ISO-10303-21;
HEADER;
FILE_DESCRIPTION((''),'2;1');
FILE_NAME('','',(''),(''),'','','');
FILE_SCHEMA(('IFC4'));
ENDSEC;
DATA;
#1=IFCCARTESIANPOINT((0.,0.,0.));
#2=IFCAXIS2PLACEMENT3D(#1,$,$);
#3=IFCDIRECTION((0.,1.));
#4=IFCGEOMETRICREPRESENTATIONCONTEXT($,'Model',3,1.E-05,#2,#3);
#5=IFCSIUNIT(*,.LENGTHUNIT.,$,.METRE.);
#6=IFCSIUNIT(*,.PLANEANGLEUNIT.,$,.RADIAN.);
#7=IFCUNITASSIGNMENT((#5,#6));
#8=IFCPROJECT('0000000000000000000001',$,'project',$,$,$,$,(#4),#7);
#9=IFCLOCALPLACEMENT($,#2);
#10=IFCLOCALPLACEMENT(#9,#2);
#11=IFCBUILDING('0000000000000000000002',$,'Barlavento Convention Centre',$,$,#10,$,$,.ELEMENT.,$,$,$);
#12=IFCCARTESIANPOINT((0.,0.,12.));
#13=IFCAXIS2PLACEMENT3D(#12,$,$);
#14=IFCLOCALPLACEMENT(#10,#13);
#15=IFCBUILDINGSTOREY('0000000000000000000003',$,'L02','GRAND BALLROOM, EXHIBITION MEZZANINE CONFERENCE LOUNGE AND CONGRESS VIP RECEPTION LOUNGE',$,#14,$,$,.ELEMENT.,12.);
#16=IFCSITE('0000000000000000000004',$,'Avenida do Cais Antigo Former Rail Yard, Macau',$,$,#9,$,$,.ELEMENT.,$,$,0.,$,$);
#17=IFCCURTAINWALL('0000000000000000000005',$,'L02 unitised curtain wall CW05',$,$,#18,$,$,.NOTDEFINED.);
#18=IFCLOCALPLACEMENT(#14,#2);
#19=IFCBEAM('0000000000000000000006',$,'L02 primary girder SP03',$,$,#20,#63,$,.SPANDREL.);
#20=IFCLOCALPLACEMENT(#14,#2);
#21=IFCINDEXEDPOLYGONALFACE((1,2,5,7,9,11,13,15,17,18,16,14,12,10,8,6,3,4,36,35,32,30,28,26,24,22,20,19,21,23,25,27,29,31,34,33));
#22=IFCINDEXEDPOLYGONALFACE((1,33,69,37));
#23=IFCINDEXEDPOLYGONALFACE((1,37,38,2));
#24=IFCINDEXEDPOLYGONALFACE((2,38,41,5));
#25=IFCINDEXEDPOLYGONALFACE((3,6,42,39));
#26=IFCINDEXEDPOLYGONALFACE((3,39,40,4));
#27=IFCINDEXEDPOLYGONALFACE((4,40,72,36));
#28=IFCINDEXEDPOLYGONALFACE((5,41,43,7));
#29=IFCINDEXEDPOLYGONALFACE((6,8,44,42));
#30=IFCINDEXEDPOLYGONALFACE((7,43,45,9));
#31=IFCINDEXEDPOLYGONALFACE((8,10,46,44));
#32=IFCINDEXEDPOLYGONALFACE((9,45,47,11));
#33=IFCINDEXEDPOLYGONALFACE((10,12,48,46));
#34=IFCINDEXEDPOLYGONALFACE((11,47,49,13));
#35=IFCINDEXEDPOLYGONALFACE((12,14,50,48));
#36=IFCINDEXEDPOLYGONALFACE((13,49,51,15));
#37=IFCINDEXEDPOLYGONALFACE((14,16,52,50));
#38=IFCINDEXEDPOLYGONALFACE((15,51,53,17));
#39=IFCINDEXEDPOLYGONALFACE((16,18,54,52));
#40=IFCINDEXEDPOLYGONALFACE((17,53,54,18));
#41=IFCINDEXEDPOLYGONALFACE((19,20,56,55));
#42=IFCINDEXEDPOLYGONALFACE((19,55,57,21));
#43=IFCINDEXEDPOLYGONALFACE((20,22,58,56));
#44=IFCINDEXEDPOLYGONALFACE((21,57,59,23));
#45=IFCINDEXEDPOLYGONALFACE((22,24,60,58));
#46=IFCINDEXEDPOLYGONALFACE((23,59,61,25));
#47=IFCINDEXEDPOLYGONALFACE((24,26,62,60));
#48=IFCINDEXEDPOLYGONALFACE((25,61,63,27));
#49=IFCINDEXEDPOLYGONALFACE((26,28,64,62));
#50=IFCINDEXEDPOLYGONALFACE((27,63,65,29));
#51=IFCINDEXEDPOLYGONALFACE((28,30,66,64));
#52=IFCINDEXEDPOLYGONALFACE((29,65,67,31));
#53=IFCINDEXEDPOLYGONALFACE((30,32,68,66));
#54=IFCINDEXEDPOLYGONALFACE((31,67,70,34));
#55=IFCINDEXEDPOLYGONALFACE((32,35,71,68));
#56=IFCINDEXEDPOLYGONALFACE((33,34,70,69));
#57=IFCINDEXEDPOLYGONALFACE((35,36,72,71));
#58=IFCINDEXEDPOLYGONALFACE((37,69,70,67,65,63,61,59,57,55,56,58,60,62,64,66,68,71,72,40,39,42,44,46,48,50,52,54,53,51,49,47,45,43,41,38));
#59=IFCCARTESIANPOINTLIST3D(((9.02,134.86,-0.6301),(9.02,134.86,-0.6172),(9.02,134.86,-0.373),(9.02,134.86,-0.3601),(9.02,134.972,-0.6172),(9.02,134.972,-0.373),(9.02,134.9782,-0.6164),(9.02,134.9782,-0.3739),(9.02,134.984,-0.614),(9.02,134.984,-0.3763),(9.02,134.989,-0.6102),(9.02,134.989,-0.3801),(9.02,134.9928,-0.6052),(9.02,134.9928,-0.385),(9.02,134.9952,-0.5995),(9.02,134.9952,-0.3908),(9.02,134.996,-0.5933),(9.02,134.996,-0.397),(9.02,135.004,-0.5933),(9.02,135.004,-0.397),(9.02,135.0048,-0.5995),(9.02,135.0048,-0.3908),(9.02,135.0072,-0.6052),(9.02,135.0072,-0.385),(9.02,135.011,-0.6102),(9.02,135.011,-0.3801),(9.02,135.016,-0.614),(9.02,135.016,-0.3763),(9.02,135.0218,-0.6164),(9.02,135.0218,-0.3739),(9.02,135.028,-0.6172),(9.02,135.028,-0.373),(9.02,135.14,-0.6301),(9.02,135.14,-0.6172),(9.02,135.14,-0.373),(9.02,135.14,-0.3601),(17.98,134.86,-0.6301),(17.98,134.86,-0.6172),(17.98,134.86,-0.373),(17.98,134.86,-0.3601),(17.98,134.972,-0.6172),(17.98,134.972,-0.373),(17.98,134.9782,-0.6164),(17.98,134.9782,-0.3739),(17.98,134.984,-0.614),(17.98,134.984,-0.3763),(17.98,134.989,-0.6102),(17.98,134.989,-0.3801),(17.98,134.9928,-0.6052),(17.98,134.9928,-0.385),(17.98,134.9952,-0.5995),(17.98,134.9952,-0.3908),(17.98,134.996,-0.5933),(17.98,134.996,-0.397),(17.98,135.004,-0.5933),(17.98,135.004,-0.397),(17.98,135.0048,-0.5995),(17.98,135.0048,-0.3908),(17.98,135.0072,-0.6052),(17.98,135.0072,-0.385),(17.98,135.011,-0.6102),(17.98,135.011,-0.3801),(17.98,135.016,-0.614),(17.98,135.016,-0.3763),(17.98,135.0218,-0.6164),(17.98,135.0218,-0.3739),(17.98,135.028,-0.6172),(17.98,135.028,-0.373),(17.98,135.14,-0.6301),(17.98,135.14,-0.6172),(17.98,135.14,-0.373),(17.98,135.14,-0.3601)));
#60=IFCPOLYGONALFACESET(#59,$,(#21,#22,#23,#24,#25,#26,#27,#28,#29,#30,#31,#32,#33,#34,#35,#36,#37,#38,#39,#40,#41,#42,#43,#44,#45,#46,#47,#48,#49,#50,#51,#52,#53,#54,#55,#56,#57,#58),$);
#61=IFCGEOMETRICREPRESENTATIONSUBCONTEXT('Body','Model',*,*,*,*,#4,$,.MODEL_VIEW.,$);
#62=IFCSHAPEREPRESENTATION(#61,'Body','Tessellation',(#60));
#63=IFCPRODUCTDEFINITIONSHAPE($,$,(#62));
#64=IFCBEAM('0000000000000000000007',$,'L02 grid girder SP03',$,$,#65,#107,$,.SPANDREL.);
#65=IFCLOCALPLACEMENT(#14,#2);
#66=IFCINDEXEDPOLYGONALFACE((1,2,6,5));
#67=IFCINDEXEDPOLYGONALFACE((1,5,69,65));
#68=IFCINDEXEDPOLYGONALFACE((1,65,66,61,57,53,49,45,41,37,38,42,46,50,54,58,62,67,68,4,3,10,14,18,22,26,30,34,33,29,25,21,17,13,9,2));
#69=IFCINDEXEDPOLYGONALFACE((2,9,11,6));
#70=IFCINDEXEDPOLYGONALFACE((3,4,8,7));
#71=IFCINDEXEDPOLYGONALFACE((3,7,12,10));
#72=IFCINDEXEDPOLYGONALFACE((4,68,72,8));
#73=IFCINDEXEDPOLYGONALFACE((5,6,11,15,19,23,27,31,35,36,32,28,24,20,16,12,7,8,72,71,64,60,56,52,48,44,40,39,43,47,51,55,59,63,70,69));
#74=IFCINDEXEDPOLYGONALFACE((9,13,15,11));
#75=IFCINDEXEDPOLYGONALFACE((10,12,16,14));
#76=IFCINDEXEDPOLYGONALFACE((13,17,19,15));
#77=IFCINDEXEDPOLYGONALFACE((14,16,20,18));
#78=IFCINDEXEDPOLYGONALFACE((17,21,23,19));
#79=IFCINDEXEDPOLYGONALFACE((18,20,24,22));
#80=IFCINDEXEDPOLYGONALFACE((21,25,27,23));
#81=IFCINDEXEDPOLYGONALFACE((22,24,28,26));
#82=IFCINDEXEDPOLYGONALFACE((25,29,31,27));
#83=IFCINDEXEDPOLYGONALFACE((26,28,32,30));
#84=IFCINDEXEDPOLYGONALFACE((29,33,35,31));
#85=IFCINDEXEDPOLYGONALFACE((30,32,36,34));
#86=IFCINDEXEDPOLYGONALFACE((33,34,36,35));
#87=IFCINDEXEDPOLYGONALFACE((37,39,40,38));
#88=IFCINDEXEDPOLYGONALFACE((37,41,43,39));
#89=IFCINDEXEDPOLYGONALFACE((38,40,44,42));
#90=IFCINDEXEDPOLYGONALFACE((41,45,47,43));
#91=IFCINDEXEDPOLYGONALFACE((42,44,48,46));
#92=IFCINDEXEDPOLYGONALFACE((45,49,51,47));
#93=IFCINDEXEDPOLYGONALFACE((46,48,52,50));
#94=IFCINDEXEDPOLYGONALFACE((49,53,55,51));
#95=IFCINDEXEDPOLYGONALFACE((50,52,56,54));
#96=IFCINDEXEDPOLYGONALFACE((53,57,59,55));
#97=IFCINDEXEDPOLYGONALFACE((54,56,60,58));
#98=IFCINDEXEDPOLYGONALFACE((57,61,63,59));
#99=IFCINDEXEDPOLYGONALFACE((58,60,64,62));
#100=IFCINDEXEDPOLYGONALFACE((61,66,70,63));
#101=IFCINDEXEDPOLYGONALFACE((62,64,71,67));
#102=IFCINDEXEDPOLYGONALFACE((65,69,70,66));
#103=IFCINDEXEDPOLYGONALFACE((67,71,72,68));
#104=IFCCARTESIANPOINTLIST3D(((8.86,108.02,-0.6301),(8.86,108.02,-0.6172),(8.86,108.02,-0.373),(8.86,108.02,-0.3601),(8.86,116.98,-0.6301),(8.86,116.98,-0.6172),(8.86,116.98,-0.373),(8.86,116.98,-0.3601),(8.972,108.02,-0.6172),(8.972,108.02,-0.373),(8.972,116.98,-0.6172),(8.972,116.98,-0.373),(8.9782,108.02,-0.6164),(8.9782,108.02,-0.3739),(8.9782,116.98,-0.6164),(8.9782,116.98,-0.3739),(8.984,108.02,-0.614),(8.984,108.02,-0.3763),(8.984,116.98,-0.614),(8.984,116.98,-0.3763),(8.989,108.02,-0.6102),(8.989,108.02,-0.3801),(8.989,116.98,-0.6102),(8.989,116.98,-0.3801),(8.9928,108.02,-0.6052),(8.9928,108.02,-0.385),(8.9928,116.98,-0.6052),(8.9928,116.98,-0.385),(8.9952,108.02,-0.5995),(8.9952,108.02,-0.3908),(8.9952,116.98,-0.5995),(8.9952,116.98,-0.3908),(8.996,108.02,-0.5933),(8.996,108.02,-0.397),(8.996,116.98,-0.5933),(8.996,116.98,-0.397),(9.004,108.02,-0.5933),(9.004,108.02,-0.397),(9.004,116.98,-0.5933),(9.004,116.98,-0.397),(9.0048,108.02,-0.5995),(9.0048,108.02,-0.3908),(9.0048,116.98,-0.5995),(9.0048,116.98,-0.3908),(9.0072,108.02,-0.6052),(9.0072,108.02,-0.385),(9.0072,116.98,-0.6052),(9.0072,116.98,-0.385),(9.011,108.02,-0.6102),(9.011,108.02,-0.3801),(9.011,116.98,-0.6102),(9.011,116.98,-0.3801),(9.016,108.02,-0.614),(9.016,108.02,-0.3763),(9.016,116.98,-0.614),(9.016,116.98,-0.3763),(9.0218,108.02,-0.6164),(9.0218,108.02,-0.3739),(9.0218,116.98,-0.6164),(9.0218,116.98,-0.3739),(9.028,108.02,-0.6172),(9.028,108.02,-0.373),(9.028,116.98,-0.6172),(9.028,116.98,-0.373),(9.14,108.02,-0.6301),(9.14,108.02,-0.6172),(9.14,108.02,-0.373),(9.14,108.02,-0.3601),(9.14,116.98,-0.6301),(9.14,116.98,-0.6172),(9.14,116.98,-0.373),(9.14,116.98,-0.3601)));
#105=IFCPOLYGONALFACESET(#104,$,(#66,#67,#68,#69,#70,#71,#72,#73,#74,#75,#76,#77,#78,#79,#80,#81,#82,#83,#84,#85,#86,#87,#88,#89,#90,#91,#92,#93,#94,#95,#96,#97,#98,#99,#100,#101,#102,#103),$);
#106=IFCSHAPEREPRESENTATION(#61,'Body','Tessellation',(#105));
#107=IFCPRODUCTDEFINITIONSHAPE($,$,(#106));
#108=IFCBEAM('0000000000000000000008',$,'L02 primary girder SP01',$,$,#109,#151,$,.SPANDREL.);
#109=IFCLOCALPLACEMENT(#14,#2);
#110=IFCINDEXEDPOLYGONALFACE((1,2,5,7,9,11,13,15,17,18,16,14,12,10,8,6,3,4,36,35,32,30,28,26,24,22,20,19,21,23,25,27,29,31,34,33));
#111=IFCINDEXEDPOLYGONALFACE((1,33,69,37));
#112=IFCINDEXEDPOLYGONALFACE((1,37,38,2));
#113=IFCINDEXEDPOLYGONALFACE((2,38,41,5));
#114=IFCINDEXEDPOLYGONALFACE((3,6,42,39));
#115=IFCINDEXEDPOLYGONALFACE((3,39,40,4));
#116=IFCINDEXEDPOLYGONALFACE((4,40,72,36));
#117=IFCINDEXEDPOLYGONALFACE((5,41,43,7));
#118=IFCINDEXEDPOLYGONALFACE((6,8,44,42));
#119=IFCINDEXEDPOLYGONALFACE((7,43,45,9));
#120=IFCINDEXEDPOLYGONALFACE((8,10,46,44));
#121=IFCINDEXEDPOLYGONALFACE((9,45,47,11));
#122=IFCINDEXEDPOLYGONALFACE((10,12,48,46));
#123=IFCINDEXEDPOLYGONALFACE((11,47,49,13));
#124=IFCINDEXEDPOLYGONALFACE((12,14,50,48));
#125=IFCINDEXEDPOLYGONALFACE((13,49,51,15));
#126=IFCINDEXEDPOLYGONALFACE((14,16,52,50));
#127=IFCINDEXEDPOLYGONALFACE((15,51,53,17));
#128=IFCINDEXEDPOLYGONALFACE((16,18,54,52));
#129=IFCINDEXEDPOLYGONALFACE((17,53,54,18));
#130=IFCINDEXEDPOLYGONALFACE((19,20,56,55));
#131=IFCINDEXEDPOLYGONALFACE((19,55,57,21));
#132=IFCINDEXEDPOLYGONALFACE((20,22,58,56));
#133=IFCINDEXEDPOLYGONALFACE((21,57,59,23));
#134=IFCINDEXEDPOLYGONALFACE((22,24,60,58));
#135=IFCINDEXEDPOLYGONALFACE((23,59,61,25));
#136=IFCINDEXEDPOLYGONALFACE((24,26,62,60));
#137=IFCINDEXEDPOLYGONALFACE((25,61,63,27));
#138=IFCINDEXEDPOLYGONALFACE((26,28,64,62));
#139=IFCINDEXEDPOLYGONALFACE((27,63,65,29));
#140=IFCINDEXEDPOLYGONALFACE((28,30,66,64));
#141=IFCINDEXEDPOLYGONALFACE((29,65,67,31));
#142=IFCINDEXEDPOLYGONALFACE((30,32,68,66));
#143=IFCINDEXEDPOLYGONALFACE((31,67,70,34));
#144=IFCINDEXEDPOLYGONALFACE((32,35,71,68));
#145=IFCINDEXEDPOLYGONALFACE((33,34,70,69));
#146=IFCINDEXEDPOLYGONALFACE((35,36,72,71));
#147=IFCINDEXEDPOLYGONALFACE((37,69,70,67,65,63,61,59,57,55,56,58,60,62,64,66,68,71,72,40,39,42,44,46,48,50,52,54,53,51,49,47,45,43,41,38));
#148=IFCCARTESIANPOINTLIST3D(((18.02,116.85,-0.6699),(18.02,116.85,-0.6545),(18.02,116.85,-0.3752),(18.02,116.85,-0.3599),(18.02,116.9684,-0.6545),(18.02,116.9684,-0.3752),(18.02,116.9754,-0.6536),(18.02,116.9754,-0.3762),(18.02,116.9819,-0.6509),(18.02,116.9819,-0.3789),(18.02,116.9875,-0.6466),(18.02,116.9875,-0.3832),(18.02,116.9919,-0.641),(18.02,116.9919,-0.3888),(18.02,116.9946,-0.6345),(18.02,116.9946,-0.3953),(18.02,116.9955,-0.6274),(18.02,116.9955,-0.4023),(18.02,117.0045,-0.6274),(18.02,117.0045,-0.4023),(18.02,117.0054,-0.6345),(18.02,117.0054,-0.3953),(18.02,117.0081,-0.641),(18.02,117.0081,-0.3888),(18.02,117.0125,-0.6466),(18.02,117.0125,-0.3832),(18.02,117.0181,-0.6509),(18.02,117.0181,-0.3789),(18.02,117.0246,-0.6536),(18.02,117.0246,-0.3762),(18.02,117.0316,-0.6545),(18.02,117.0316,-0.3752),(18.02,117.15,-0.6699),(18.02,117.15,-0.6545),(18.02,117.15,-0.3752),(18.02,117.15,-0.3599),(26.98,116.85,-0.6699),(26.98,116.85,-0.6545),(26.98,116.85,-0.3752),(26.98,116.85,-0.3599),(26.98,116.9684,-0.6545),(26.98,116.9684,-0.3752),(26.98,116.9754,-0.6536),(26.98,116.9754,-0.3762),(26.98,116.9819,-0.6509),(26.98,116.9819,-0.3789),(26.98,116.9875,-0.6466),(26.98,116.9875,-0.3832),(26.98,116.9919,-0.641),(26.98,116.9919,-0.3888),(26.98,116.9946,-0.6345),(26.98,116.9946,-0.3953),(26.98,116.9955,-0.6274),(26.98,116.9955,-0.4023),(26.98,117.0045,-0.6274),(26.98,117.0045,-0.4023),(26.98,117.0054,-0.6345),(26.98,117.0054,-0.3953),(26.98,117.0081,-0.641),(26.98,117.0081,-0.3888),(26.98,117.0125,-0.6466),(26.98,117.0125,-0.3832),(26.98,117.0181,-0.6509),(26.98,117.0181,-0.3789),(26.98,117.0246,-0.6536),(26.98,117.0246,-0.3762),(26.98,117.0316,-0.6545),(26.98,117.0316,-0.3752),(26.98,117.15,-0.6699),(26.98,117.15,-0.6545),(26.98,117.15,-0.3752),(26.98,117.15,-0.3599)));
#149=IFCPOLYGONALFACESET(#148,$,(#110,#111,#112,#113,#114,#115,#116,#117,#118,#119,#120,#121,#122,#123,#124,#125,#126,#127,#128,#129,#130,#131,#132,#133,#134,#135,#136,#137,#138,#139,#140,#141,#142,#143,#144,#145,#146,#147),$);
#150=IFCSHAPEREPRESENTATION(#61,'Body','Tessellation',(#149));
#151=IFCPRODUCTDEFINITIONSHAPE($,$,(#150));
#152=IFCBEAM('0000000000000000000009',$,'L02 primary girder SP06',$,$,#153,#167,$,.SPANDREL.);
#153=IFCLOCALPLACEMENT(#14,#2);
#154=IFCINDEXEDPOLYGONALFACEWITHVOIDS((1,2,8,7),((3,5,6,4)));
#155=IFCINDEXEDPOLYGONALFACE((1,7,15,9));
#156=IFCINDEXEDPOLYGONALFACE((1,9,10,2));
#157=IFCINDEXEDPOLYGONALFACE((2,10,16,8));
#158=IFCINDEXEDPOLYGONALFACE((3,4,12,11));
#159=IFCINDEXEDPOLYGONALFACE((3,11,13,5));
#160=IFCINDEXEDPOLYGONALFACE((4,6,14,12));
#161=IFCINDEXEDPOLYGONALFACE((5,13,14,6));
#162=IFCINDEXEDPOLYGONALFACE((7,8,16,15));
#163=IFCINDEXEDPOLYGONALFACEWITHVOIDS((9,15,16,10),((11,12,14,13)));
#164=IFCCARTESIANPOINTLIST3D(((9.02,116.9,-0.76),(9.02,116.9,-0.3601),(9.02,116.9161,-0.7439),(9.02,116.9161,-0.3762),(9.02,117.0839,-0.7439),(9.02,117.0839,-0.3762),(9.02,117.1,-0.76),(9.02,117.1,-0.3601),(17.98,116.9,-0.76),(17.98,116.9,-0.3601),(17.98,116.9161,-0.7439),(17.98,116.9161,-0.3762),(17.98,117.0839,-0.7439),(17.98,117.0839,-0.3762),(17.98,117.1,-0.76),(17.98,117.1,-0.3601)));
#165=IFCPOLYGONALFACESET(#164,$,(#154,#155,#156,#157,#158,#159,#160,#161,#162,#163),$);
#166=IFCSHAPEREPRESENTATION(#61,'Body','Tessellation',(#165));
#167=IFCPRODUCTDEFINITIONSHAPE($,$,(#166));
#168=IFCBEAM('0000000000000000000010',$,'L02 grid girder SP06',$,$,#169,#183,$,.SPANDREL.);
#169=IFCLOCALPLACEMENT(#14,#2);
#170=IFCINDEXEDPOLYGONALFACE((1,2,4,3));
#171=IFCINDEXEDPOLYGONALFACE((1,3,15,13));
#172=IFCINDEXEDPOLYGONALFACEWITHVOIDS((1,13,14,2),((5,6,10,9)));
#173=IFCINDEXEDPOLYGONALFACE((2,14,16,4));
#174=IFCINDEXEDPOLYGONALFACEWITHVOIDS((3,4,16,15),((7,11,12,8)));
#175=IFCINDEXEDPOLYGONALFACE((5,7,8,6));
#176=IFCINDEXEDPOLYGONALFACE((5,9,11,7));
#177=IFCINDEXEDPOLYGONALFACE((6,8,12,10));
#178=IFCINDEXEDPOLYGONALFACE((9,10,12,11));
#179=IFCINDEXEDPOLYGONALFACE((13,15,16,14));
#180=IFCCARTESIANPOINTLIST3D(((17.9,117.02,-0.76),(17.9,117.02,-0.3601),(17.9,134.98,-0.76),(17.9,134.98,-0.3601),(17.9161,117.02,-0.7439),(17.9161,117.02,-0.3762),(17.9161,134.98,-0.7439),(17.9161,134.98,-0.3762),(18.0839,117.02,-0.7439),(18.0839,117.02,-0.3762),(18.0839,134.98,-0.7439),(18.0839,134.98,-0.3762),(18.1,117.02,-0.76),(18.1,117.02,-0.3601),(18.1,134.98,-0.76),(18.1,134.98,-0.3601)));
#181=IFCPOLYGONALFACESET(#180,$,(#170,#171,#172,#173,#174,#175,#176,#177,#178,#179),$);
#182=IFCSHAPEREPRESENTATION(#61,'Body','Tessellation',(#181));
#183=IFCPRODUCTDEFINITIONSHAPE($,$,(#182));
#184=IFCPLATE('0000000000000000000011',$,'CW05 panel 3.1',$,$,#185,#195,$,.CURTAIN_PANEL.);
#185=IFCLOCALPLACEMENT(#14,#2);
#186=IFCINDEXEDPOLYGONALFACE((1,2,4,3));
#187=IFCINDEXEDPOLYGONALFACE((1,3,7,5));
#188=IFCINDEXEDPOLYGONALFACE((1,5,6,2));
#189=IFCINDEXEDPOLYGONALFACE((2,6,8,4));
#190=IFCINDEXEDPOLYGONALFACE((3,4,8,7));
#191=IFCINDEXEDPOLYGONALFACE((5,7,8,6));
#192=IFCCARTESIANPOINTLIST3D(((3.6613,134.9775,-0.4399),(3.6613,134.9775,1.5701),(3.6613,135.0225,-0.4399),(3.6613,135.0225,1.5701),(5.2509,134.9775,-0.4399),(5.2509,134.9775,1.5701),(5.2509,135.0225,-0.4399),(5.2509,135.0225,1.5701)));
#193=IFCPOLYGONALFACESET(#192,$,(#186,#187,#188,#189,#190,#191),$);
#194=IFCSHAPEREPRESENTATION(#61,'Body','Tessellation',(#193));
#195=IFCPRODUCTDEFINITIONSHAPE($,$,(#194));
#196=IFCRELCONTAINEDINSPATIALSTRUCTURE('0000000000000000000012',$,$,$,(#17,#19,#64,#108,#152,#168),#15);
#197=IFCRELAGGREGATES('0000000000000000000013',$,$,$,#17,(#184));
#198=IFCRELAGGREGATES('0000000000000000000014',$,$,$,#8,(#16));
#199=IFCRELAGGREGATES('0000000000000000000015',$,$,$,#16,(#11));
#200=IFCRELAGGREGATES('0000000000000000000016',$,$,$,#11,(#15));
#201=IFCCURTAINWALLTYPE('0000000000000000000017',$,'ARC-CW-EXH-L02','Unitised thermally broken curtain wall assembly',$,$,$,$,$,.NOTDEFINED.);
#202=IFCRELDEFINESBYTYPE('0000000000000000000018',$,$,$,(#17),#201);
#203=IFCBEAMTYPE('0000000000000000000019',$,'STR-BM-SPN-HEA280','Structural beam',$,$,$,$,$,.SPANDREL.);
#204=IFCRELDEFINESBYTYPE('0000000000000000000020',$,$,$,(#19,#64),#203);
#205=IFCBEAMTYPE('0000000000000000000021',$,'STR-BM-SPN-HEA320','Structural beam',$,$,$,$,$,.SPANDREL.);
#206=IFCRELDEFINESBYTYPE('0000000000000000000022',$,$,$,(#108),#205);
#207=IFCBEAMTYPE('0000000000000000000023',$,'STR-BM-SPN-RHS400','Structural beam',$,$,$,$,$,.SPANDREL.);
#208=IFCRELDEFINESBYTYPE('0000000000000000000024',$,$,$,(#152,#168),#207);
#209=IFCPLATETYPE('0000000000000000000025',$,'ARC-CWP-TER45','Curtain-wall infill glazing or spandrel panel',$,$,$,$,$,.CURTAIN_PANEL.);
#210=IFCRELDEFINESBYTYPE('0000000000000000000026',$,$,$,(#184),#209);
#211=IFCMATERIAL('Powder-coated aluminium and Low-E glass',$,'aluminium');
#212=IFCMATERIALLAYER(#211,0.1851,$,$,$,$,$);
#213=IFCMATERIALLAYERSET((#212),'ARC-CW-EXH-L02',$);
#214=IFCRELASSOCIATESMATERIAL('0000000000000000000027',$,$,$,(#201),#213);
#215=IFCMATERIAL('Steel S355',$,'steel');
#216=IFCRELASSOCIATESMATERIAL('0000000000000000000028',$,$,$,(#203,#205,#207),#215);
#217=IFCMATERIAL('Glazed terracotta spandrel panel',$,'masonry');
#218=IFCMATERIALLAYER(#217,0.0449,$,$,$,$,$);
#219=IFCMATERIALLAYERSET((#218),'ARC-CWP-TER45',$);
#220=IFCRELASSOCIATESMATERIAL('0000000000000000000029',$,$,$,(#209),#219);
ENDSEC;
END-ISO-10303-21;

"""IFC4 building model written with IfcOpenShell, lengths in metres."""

from ifc_helpers import new_model, si_unit, direction, frame, origin, origin_2d, place, context, subcontext, project, spatial, rectangle, hollow_rectangle, i_section, extrude, material, layer, layer_set, material_profile, profile_set, type_object, element, aggregate, save


model = new_model("IFC4")

# Units and contexts
model_context = context("Model", 3, precision=1e-05, world=origin(), true_north=direction((0.0, 1.0)))
body_context = subcontext(model_context, "Body", "Model", "MODEL_VIEW")
ifc_project = project(units=[si_unit("LENGTHUNIT", "METRE"), si_unit("PLANEANGLEUNIT", "RADIAN")], contexts=[model_context])

# Site, building, storey
site_placement = place(None, origin())
site = spatial("IfcSite", under=ifc_project, at=site_placement, Name="Avenida do Cais Antigo Former Rail Yard, Macau", CompositionType="ELEMENT", RefElevation=0.0)
building_placement = place(site_placement, origin())
building = spatial("IfcBuilding", under=site, at=building_placement, Name="Barlavento Convention Centre", CompositionType="ELEMENT")
storey_placement = place(building_placement, frame((0.0, 0.0, 12.0)))
storey = spatial("IfcBuildingStorey", under=building, at=storey_placement, Name="L02", Description="GRAND BALLROOM, EXHIBITION MEZZANINE CONFERENCE LOUNGE AND CONGRESS VIP RECEPTION LOUNGE", CompositionType="ELEMENT", Elevation=12.0)

# Shared definitions
ifc_material_1 = material(Name="Steel S355", Category="steel")

# Curtain wall
ifc_material_2 = material(Name="Powder-coated aluminium and Low-E glass", Category="aluminium")
ifc_layer_1 = layer(ifc_material_2, 0.1851)
ifc_layer_set_1 = layer_set([ifc_layer_1], Name="ARC-CW-EXH-L02")
curtain_wall_type = type_object("IfcCurtainWallType", Name="ARC-CW-EXH-L02", Description="Unitised thermally broken curtain wall assembly", PredefinedType="NOTDEFINED", material=ifc_layer_set_1)
curtain_wall_1_placement = place(storey_placement, origin())
curtain_wall_1 = element("IfcCurtainWall", 1, at=curtain_wall_1_placement, inside=storey, type_object=curtain_wall_type, Name="L02 unitised curtain wall CW05", PredefinedType="NOTDEFINED")

# Beams
ifc_material_profile_1 = material_profile(ifc_material_1, i_section(OverallWidth=0.28, OverallDepth=0.27, WebThickness=0.0081, FlangeThickness=0.0129, FilletRadius=0.0239, at=origin_2d()), Name="HEA 280")
ifc_profile_set_1 = profile_set([ifc_material_profile_1], Name="Steel S355")
beam_type_1 = type_object("IfcBeamType", Name="STR-BM-SPN-HEA280", Description="Structural beam", PredefinedType="SPANDREL", material=ifc_profile_set_1)
for number, where, z_axis, x_axis, name in (
    (2, (9.02, 135.0, -0.4951), (1.0, 0.0, 0.0), (0.0, 1.0, 0.0), "L02 primary girder SP03"),
    (3, (9.0, 108.02, -0.4951), (0.0, 1.0, 0.0), (-1.0, 0.0, 0.0), "L02 grid girder SP03"),
):
    element("IfcBeam", number, at=place(storey_placement, frame(where, z_axis=z_axis, x_axis=x_axis)), inside=storey, type_object=beam_type_1, Name=name, PredefinedType="SPANDREL", context=body_context, shape_type="SweptSolid", body=[
        extrude(i_section(OverallWidth=0.28, OverallDepth=0.27, WebThickness=0.0081, FlangeThickness=0.0129, FilletRadius=0.0239, at=origin_2d()), origin(), (0.0, 0.0, 1.0), 8.96),
    ])
ifc_material_profile_2 = material_profile(ifc_material_1, i_section(OverallWidth=0.3, OverallDepth=0.3101, WebThickness=0.009, FlangeThickness=0.0154, FilletRadius=0.0271, at=origin_2d()), Name="HEA 320")
ifc_profile_set_2 = profile_set([ifc_material_profile_2], Name="Steel S355")
beam_type_2 = type_object("IfcBeamType", Name="STR-BM-SPN-HEA320", Description="Structural beam", PredefinedType="SPANDREL", material=ifc_profile_set_2)
beam_1_placement = place(storey_placement, frame((18.02, 117.0, -0.5149), z_axis=(1.0, 0.0, 0.0), x_axis=(0.0, 1.0, 0.0)))
element("IfcBeam", 4, at=beam_1_placement, inside=storey, type_object=beam_type_2, Name="L02 primary girder SP01", PredefinedType="SPANDREL", context=body_context, shape_type="SweptSolid", body=[
    extrude(i_section(OverallWidth=0.3, OverallDepth=0.3101, WebThickness=0.009, FlangeThickness=0.0154, FilletRadius=0.0271, at=origin_2d()), origin(), (0.0, 0.0, 1.0), 8.96),
])
ifc_material_profile_3 = material_profile(ifc_material_1, hollow_rectangle(XDim=0.2, YDim=0.3999, WallThickness=0.0161, at=origin_2d()), Name="RHS 400x200x16.0")
ifc_profile_set_3 = profile_set([ifc_material_profile_3], Name="Steel S355")
beam_type_3 = type_object("IfcBeamType", Name="STR-BM-SPN-RHS400", Description="Structural beam", PredefinedType="SPANDREL", material=ifc_profile_set_3)
beam_2_placement = place(storey_placement, frame((9.02, 117.0, -0.5601), z_axis=(1.0, 0.0, 0.0), x_axis=(0.0, 1.0, 0.0)))
element("IfcBeam", 5, at=beam_2_placement, inside=storey, type_object=beam_type_3, Name="L02 primary girder SP06", PredefinedType="SPANDREL", context=body_context, shape_type="SweptSolid", body=[
    extrude(hollow_rectangle(XDim=0.2, YDim=0.3999, WallThickness=0.0161, at=origin_2d()), origin(), (0.0, 0.0, 1.0), 8.96),
])
beam_3_placement = place(storey_placement, frame((18.0, 117.02, -0.5601), z_axis=(0.0, 1.0, 0.0), x_axis=(-1.0, 0.0, 0.0)))
element("IfcBeam", 6, at=beam_3_placement, inside=storey, type_object=beam_type_3, Name="L02 grid girder SP06", PredefinedType="SPANDREL", context=body_context, shape_type="SweptSolid", body=[
    extrude(hollow_rectangle(XDim=0.2, YDim=0.3999, WallThickness=0.0161, at=origin_2d()), origin(), (0.0, 0.0, 1.0), 17.96),
])

# Plate
ifc_material_3 = material(Name="Glazed terracotta spandrel panel", Category="masonry")
ifc_layer_2 = layer(ifc_material_3, 0.0449)
ifc_layer_set_2 = layer_set([ifc_layer_2], Name="ARC-CWP-TER45")
plate_type_1 = type_object("IfcPlateType", Name="ARC-CWP-TER45", Description="Curtain-wall infill glazing or spandrel panel", PredefinedType="CURTAIN_PANEL", material=ifc_layer_set_2)
plate_1_placement = place(storey_placement, frame((4.4561, 135.0, -0.4399), z_axis=(0.0, 0.0, 1.0), x_axis=(1.0, 0.0, 0.0)))
plate_1 = element("IfcPlate", 7, at=plate_1_placement, type_object=plate_type_1, Name="CW05 panel 3.1", PredefinedType="CURTAIN_PANEL", context=body_context, shape_type="SweptSolid", body=[
    extrude(rectangle(XDim=1.5896, YDim=0.0449, at=origin_2d()), origin(), (0.0, 0.0, 1.0), 2.01),
])
aggregate(curtain_wall_1, [plate_1])

save(model, "model.ifc")
